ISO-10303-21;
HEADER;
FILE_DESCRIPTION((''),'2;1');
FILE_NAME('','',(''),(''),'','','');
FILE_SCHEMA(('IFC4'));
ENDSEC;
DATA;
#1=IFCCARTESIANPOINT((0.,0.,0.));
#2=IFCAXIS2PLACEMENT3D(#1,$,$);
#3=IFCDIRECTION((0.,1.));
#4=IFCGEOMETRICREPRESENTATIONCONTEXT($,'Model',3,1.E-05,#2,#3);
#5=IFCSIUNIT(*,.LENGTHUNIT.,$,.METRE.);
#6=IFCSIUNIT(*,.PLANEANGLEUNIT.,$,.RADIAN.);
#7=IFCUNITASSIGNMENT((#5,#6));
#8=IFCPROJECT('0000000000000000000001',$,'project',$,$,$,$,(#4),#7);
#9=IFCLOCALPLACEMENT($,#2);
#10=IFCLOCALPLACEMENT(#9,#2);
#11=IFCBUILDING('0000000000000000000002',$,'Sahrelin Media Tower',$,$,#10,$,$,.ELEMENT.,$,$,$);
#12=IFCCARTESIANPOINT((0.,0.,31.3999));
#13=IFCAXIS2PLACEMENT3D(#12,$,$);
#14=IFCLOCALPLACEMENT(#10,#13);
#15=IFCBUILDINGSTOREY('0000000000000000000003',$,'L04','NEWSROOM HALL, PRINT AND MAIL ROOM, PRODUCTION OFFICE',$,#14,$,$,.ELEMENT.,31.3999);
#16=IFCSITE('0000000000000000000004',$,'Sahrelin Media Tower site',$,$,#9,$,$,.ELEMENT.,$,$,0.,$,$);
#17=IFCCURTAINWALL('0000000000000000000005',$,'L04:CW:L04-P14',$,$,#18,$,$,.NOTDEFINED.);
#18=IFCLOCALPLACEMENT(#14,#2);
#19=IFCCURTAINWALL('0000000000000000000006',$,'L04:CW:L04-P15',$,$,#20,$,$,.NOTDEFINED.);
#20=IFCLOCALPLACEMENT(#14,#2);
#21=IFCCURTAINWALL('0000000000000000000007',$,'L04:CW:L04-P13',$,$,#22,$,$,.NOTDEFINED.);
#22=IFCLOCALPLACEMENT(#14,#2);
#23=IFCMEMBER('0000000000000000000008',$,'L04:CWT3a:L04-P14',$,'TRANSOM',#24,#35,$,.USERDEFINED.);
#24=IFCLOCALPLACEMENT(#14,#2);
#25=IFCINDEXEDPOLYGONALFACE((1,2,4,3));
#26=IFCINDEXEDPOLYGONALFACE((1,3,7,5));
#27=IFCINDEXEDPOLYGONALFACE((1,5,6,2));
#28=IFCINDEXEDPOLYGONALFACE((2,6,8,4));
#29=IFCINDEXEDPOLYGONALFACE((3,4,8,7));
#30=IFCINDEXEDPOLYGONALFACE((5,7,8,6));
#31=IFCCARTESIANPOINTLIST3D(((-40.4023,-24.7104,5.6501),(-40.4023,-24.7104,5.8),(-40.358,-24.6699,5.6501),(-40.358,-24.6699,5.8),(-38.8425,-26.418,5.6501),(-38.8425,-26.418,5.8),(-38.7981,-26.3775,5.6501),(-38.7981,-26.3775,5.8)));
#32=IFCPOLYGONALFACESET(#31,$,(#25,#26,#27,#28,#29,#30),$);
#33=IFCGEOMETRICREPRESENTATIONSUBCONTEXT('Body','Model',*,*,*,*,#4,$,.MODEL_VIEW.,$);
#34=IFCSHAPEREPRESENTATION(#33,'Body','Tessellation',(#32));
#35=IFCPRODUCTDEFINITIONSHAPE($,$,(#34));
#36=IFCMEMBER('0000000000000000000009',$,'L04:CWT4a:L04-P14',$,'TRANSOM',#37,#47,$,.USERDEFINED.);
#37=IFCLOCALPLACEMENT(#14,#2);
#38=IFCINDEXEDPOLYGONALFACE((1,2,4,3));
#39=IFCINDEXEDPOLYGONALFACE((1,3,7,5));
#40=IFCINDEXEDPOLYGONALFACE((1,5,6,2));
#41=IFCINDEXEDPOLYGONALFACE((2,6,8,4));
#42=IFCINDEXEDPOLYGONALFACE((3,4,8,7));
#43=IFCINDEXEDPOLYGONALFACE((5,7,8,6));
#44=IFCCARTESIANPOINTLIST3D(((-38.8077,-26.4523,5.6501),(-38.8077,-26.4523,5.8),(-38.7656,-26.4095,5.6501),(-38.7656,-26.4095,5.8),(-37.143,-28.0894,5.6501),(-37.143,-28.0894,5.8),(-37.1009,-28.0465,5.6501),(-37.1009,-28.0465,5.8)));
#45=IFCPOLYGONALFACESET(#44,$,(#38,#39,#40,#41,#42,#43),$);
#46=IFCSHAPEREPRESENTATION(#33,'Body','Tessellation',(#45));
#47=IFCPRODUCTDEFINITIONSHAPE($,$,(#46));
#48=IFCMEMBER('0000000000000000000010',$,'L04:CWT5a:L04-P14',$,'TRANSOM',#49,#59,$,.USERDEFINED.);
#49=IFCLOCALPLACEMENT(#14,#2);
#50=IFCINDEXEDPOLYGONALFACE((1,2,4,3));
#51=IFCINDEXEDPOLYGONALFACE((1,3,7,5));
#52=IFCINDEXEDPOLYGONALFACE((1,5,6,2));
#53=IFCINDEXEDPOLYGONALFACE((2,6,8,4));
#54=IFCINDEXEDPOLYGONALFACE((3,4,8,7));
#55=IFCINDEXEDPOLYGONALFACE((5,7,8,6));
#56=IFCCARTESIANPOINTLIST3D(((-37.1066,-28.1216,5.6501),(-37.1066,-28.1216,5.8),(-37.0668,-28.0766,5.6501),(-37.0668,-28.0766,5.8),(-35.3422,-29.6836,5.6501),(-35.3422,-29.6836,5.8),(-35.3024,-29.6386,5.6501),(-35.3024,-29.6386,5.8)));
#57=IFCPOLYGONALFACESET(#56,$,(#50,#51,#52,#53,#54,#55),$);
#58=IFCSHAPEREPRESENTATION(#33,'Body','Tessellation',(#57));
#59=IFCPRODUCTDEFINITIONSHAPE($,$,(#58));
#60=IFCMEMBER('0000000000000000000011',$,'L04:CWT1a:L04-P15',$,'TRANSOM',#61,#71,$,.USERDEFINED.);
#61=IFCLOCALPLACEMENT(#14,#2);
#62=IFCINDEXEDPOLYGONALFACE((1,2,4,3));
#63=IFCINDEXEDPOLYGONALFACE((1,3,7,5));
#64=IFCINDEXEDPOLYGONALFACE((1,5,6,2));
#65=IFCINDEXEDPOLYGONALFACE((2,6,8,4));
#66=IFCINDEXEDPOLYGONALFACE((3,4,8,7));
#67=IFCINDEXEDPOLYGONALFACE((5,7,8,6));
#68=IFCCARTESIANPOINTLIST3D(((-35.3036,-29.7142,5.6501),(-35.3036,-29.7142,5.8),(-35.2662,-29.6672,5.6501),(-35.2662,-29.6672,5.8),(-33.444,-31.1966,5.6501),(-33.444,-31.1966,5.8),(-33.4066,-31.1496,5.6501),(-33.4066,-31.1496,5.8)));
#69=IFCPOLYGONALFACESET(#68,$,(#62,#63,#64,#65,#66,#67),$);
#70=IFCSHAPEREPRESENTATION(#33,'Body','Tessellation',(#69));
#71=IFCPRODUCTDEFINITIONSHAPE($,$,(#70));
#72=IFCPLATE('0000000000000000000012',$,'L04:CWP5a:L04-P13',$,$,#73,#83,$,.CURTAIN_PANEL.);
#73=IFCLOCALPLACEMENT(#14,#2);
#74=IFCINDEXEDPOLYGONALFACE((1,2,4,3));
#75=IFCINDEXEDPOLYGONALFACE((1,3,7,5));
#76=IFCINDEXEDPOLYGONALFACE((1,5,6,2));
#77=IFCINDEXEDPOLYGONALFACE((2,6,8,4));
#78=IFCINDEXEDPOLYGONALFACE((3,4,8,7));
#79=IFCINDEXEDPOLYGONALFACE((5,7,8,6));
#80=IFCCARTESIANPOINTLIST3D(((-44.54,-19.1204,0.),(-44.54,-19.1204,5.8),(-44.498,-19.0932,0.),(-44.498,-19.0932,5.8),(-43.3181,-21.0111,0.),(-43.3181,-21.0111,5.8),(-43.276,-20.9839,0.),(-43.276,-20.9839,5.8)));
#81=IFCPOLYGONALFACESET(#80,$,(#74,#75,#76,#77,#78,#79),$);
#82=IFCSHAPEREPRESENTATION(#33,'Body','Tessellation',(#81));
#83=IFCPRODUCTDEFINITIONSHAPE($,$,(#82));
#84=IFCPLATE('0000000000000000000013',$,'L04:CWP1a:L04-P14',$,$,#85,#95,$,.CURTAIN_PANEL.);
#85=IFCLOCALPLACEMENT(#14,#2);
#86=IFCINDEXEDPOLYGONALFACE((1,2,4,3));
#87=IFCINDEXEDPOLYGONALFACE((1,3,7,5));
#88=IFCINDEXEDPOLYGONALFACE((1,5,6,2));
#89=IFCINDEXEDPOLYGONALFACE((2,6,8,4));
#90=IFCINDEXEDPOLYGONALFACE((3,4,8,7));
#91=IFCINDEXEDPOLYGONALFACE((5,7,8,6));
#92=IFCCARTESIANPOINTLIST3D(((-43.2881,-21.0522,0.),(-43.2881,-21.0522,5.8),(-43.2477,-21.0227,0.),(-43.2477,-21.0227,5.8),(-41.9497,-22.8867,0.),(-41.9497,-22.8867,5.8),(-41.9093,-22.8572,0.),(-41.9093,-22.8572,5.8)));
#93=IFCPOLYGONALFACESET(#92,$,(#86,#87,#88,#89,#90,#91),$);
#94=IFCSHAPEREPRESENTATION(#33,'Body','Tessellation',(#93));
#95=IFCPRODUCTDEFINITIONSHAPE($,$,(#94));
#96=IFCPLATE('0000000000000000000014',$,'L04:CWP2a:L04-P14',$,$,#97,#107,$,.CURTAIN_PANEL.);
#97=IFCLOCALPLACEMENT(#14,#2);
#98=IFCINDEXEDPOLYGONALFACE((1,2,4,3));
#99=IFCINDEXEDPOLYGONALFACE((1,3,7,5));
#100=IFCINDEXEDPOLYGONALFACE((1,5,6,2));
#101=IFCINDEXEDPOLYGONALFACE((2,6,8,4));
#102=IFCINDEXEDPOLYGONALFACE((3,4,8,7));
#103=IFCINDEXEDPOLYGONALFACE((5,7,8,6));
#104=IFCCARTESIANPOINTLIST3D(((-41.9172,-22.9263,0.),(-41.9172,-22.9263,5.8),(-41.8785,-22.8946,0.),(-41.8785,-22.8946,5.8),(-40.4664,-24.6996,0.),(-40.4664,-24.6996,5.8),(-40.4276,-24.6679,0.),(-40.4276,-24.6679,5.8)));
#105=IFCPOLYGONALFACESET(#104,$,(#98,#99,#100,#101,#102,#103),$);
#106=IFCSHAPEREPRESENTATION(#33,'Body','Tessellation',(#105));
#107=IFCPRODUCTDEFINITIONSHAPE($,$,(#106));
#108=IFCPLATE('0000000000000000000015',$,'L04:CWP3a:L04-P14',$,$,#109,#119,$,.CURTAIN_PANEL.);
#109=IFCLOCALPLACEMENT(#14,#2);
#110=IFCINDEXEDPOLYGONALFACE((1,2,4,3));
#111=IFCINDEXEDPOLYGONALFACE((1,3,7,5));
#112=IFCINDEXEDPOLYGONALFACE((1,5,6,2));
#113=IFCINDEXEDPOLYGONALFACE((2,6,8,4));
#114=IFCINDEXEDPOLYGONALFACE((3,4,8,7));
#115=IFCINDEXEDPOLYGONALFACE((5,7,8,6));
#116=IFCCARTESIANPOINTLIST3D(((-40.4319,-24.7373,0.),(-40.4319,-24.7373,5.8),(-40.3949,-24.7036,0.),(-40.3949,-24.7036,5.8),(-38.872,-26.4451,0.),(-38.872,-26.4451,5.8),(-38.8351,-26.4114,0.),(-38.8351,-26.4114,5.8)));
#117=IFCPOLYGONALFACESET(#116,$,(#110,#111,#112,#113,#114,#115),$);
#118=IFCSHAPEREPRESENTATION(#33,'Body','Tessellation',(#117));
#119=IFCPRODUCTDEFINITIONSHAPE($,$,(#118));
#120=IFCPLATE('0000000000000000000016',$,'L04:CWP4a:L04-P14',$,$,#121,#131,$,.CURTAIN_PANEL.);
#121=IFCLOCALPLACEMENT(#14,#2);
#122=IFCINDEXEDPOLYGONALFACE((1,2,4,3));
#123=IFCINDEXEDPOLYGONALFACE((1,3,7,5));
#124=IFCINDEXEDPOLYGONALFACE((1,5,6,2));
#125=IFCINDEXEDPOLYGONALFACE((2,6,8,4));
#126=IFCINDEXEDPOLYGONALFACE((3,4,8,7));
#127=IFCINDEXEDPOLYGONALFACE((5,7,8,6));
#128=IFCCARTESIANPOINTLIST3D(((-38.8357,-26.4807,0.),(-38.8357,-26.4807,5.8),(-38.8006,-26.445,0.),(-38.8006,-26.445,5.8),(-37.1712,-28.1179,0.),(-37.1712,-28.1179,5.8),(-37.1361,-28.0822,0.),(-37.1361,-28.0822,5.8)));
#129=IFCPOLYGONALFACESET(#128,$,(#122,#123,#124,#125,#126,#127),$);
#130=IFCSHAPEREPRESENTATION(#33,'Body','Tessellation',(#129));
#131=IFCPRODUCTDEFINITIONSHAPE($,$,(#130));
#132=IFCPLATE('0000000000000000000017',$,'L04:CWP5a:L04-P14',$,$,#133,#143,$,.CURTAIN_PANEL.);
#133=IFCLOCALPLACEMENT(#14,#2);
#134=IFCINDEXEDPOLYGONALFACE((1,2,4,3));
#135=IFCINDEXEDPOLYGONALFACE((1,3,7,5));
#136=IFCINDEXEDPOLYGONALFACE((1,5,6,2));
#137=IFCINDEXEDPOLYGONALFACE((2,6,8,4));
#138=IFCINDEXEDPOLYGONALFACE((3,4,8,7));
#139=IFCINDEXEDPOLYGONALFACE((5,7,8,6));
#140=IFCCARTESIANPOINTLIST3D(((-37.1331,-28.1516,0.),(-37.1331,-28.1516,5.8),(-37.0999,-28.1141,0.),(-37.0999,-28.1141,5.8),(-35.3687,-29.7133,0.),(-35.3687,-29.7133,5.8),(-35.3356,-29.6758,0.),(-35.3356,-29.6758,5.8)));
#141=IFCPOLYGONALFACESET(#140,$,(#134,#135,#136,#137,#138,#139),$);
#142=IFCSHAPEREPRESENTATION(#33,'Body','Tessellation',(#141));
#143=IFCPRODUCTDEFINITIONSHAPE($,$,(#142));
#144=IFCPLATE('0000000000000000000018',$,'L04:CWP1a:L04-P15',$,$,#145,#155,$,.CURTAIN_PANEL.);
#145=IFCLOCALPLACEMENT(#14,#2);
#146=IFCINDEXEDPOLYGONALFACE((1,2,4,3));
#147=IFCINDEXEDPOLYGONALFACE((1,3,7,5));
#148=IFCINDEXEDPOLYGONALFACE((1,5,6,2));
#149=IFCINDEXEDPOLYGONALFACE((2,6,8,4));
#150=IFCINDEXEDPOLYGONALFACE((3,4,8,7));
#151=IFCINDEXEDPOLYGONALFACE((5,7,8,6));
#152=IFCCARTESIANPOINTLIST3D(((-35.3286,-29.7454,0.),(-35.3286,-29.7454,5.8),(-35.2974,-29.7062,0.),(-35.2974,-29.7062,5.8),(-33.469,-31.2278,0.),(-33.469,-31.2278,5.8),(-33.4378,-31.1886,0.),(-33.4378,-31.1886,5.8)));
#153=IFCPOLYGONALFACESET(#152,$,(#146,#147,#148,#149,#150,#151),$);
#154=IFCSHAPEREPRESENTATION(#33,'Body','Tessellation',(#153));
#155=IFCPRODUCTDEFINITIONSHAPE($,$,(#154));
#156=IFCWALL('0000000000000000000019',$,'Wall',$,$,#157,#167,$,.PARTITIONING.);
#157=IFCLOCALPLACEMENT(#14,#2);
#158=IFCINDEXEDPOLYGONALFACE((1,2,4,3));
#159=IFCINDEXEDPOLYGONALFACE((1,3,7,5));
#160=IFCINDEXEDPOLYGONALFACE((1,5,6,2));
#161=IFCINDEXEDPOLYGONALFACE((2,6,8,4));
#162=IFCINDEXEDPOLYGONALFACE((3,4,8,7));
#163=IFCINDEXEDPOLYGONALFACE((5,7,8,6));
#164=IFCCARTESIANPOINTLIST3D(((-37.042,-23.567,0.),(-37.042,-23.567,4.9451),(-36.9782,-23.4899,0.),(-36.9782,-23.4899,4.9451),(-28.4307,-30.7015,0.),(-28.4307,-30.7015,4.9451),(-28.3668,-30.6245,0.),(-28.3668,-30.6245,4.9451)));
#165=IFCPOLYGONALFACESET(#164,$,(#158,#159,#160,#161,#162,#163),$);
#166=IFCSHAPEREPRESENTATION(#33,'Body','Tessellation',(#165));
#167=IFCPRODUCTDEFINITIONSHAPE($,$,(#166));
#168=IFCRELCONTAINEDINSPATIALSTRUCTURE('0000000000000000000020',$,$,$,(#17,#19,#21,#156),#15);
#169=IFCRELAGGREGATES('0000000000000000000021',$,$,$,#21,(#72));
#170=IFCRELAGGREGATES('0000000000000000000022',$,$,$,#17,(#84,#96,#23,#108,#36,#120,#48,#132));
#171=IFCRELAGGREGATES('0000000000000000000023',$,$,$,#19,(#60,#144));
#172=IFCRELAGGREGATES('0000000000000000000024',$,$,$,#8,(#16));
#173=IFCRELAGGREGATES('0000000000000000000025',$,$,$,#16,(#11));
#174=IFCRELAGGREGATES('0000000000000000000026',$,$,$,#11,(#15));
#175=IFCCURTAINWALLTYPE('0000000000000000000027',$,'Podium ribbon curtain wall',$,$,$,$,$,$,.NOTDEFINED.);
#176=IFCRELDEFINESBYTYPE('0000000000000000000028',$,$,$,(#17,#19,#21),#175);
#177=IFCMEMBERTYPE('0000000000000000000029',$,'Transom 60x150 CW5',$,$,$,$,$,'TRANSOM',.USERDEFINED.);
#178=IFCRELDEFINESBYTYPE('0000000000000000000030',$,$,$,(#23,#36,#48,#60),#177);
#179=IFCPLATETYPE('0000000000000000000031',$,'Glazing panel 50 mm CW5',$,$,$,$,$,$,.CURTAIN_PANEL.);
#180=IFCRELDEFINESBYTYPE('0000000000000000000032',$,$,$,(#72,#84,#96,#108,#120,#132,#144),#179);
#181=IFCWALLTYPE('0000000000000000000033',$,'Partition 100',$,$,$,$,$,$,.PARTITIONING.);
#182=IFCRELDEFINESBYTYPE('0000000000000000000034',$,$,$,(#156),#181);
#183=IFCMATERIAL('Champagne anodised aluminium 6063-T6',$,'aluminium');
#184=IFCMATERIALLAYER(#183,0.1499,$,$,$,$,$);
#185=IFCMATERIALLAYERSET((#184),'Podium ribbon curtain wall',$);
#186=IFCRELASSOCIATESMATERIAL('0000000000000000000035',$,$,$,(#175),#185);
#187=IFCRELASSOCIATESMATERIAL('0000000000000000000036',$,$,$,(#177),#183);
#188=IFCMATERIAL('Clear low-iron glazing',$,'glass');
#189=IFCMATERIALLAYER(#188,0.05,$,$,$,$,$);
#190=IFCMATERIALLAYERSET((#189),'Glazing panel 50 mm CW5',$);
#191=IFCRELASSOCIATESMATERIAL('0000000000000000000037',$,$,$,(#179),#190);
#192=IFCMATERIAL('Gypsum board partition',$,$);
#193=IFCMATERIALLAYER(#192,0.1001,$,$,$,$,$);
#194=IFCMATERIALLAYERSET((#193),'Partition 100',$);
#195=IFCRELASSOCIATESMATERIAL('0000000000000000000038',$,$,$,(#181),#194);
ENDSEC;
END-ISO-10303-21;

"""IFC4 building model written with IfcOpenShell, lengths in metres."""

from ifc_helpers import new_model, si_unit, direction, frame, frame_2d, origin, origin_2d, place, context, subcontext, project, spatial, polyline, rectangle, outline, extrude, material, layer, layer_set, material_profile, profile_set, type_object, element, aggregate, save


model = new_model("IFC4")

# Units and contexts
model_context = context("Model", 3, precision=1e-05, world=origin(), true_north=direction((0.0, 1.0)))
body_context = subcontext(model_context, "Body", "Model", "MODEL_VIEW")
ifc_project = project(units=[si_unit("LENGTHUNIT", "METRE"), si_unit("PLANEANGLEUNIT", "RADIAN")], contexts=[model_context])

# Site, building, storey
site_placement = place(None, origin())
site = spatial("IfcSite", under=ifc_project, at=site_placement, Name="Sahrelin Media Tower site", CompositionType="ELEMENT", RefElevation=0.0)
building_placement = place(site_placement, origin())
building = spatial("IfcBuilding", under=site, at=building_placement, Name="Sahrelin Media Tower", CompositionType="ELEMENT")
storey_placement = place(building_placement, frame((0.0, 0.0, 31.3999)))
storey = spatial("IfcBuildingStorey", under=building, at=storey_placement, Name="L04", Description="NEWSROOM HALL, PRINT AND MAIL ROOM, PRODUCTION OFFICE", CompositionType="ELEMENT", Elevation=31.3999)

# Curtain wall
ifc_material_1 = material(Name="Champagne anodised aluminium 6063-T6", Category="aluminium")
ifc_layer_1 = layer(ifc_material_1, 0.1499)
ifc_layer_set_1 = layer_set([ifc_layer_1], Name="Podium ribbon curtain wall")
curtain_wall_type = type_object("IfcCurtainWallType", Name="Podium ribbon curtain wall", PredefinedType="NOTDEFINED", material=ifc_layer_set_1)
curtain_wall_1_placement = place(storey_placement, frame((-43.3013, -21.0, 0.0), z_axis=(0.0, 0.0, 1.0), x_axis=(1.0, 0.0, 0.0)))
curtain_wall_1 = element("IfcCurtainWall", 1, at=curtain_wall_1_placement, inside=storey, type_object=curtain_wall_type, Name="L04:CW:L04-P14", PredefinedType="NOTDEFINED")

# Curtain wall
curtain_wall_2_placement = place(storey_placement, frame((-35.3552, -29.6985, 0.0), z_axis=(0.0, 0.0, 1.0), x_axis=(1.0, 0.0, 0.0)))
curtain_wall_2 = element("IfcCurtainWall", 2, at=curtain_wall_2_placement, inside=storey, type_object=curtain_wall_type, Name="L04:CW:L04-P15", PredefinedType="NOTDEFINED")

# Curtain wall
curtain_wall_3_placement = place(storey_placement, frame((-48.2964, -10.8704, 0.0), z_axis=(0.0, 0.0, 1.0), x_axis=(1.0, 0.0, 0.0)))
curtain_wall_3 = element("IfcCurtainWall", 3, at=curtain_wall_3_placement, inside=storey, type_object=curtain_wall_type, Name="L04:CW:L04-P13", PredefinedType="NOTDEFINED")
ifc_material_profile_1 = material_profile(ifc_material_1, rectangle(XDim=0.0601, YDim=0.1499, at=origin_2d()), Name="Transom 60x150")
ifc_profile_set_1 = profile_set([ifc_material_profile_1], Name="Champagne anodised aluminium 6063-T6")
member_type_1 = type_object("IfcMemberType", Name="Transom 60x150 CW5", ElementType="TRANSOM", PredefinedType="USERDEFINED", material=ifc_profile_set_1)

# Members
member_1_placement = place(storey_placement, frame((-40.3801, -24.6902, 5.7251), z_axis=(0.674452, -0.738319, 0.0), x_axis=(0.738319, 0.674452, 0.0)))
member_1 = element("IfcMember", 4, at=member_1_placement, type_object=member_type_1, Name="L04:CWT3a:L04-P14", ObjectType="TRANSOM", PredefinedType="USERDEFINED", context=body_context, shape_type="SweptSolid", body=[
    extrude(rectangle(XDim=0.0601, YDim=0.1499, at=origin_2d()), origin(), (0.0, 0.0, 1.0), 2.3127),
])
member_2_placement = place(storey_placement, frame((-38.7866, -26.4309, 5.7251), z_axis=(0.712991, -0.701174, 0.0), x_axis=(0.701174, 0.712991, 0.0)))
member_2 = element("IfcMember", 5, at=member_2_placement, type_object=member_type_1, Name="L04:CWT4a:L04-P14", ObjectType="TRANSOM", PredefinedType="USERDEFINED", context=body_context, shape_type="SweptSolid", body=[
    extrude(rectangle(XDim=0.0601, YDim=0.1499, at=origin_2d()), origin(), (0.0, 0.0, 1.0), 2.3347),
])
member_3_placement = place(storey_placement, frame((-37.0867, -28.0991, 5.7251), z_axis=(0.748745, -0.662858, 0.0), x_axis=(0.662858, 0.748745, 0.0)))
member_3 = element("IfcMember", 6, at=member_3_placement, type_object=member_type_1, Name="L04:CWT5a:L04-P14", ObjectType="TRANSOM", PredefinedType="USERDEFINED", context=body_context, shape_type="SweptSolid", body=[
    extrude(rectangle(XDim=0.0601, YDim=0.1499, at=origin_2d()), origin(), (0.0, 0.0, 1.0), 2.3564),
])
member_4_placement = place(storey_placement, frame((-35.2849, -29.6907, 5.7251), z_axis=(0.781949, -0.623342, 0.0), x_axis=(0.623342, 0.781949, 0.0)))
member_4 = element("IfcMember", 7, at=member_4_placement, type_object=member_type_1, Name="L04:CWT1a:L04-P15", ObjectType="TRANSOM", PredefinedType="USERDEFINED", context=body_context, shape_type="SweptSolid", body=[
    extrude(rectangle(XDim=0.0601, YDim=0.1499, at=origin_2d()), origin(), (0.0, 0.0, 1.0), 2.3782),
])

# Plates
ifc_material_2 = material(Name="Clear low-iron glazing", Category="glass")
ifc_layer_2 = layer(ifc_material_2, 0.05)
ifc_layer_set_2 = layer_set([ifc_layer_2], Name="Glazing panel 50 mm CW5")
plate_type = type_object("IfcPlateType", Name="Glazing panel 50 mm CW5", PredefinedType="CURTAIN_PANEL", material=ifc_layer_set_2)
plate_1_placement = place(storey_placement, frame((-44.54, -19.1204, 0.0), z_axis=(-0.839858, -0.542806, 0.0), x_axis=(0.542806, -0.839858, 0.0)))
plate_1 = element("IfcPlate", 8, at=plate_1_placement, type_object=plate_type, Name="L04:CWP5a:L04-P13", PredefinedType="CURTAIN_PANEL", context=body_context, shape_type="SweptSolid", body=[
    extrude(outline(polyline([(0.0, 0.0), (2.2512, 0.0), (2.2512, 5.8), (0.0, 5.8), (0.0, 0.0)])), origin(), (0.0, 0.0, -1.0), 0.05),
])
aggregate(curtain_wall_3, [plate_1])
plate_2_placement = place(storey_placement, frame((-43.2881, -21.0522, 0.0), z_axis=(-0.807852, -0.589386, 0.0), x_axis=(0.589386, -0.807852, 0.0)))
plate_2 = element("IfcPlate", 9, at=plate_2_placement, type_object=plate_type, Name="L04:CWP1a:L04-P14", PredefinedType="CURTAIN_PANEL", context=body_context, shape_type="SweptSolid", body=[
    extrude(outline(polyline([(0.0, 0.0), (2.2708, 0.0), (2.2708, 5.8), (0.0, 5.8), (0.0, 0.0)])), origin(), (0.0, 0.0, -1.0), 0.05),
])
plate_3_placement = place(storey_placement, frame((-41.9172, -22.9263, 0.0), z_axis=(-0.773972, -0.63322, 0.0), x_axis=(0.63322, -0.773972, 0.0)))
plate_3 = element("IfcPlate", 10, at=plate_3_placement, type_object=plate_type, Name="L04:CWP2a:L04-P14", PredefinedType="CURTAIN_PANEL", context=body_context, shape_type="SweptSolid", body=[
    extrude(outline(polyline([(0.0, 0.0), (2.2913, 0.0), (2.2913, 5.8), (0.0, 5.8), (0.0, 0.0)])), origin(), (0.0, 0.0, -1.0), 0.05),
])
plate_4_placement = place(storey_placement, frame((-40.4319, -24.7373, 0.0), z_axis=(-0.738367, -0.6744, 0.0), x_axis=(0.6744, -0.738367, 0.0)))
plate_4 = element("IfcPlate", 11, at=plate_4_placement, type_object=plate_type, Name="L04:CWP3a:L04-P14", PredefinedType="CURTAIN_PANEL", context=body_context, shape_type="SweptSolid", body=[
    extrude(outline(polyline([(0.0, 0.0), (2.313, 0.0), (2.313, 5.8), (0.0, 5.8), (0.0, 0.0)])), origin(), (0.0, 0.0, -1.0), 0.05),
])
plate_5_placement = place(storey_placement, frame((-38.8357, -26.4807, 0.0), z_axis=(-0.701227, -0.712938, 0.0), x_axis=(0.712938, -0.701227, 0.0)))
plate_5 = element("IfcPlate", 12, at=plate_5_placement, type_object=plate_type, Name="L04:CWP4a:L04-P14", PredefinedType="CURTAIN_PANEL", context=body_context, shape_type="SweptSolid", body=[
    extrude(outline(polyline([(0.0, 0.0), (2.3347, 0.0), (2.3347, 5.8), (0.0, 5.8), (0.0, 0.0)])), origin(), (0.0, 0.0, -1.0), 0.05),
])
plate_6_placement = place(storey_placement, frame((-37.1331, -28.1516, 0.0), z_axis=(-0.6628, -0.748797, 0.0), x_axis=(0.748797, -0.6628, 0.0)))
plate_6 = element("IfcPlate", 13, at=plate_6_placement, type_object=plate_type, Name="L04:CWP5a:L04-P14", PredefinedType="CURTAIN_PANEL", context=body_context, shape_type="SweptSolid", body=[
    extrude(outline(polyline([(0.0, 0.0), (2.3562, 0.0), (2.3562, 5.8), (0.0, 5.8), (0.0, 0.0)])), origin(), (0.0, 0.0, -1.0), 0.05),
])
aggregate(curtain_wall_1, [plate_2, plate_3, member_1, plate_4, member_2, plate_5, member_3, plate_6])
plate_7_placement = place(storey_placement, frame((-35.3286, -29.7454, 0.0), z_axis=(-0.623342, -0.781949, 0.0), x_axis=(0.781949, -0.623342, 0.0)))
plate_7 = element("IfcPlate", 14, at=plate_7_placement, type_object=plate_type, Name="L04:CWP1a:L04-P15", PredefinedType="CURTAIN_PANEL", context=body_context, shape_type="SweptSolid", body=[
    extrude(outline(polyline([(0.0, 0.0), (2.3782, 0.0), (2.3782, 5.8), (0.0, 5.8), (0.0, 0.0)])), origin(), (0.0, 0.0, -1.0), 0.05),
])
aggregate(curtain_wall_2, [member_4, plate_7])

# Wall
ifc_material_3 = material(Name="Gypsum board partition")
ifc_layer_3 = layer(ifc_material_3, 0.1001)
ifc_layer_set_3 = layer_set([ifc_layer_3], Name="Partition 100")
wall_type = type_object("IfcWallType", Name="Partition 100", PredefinedType="PARTITIONING", material=ifc_layer_set_3)
wall_placement = place(storey_placement, frame((-37.01, -23.5286, 0.0), z_axis=(0.0, 0.0, 1.0), x_axis=(0.770047, -0.637987, 0.0)))
element("IfcWall", 15, at=wall_placement, inside=storey, type_object=wall_type, Name="Wall", PredefinedType="PARTITIONING", context=body_context, shape_type="SweptSolid", body=[
    extrude(rectangle(XDim=11.1829, YDim=0.1001, at=frame_2d((5.5913, 0.0))), origin(), (0.0, 0.0, 1.0), 4.9451),
])

save(model, "model.ifc")
